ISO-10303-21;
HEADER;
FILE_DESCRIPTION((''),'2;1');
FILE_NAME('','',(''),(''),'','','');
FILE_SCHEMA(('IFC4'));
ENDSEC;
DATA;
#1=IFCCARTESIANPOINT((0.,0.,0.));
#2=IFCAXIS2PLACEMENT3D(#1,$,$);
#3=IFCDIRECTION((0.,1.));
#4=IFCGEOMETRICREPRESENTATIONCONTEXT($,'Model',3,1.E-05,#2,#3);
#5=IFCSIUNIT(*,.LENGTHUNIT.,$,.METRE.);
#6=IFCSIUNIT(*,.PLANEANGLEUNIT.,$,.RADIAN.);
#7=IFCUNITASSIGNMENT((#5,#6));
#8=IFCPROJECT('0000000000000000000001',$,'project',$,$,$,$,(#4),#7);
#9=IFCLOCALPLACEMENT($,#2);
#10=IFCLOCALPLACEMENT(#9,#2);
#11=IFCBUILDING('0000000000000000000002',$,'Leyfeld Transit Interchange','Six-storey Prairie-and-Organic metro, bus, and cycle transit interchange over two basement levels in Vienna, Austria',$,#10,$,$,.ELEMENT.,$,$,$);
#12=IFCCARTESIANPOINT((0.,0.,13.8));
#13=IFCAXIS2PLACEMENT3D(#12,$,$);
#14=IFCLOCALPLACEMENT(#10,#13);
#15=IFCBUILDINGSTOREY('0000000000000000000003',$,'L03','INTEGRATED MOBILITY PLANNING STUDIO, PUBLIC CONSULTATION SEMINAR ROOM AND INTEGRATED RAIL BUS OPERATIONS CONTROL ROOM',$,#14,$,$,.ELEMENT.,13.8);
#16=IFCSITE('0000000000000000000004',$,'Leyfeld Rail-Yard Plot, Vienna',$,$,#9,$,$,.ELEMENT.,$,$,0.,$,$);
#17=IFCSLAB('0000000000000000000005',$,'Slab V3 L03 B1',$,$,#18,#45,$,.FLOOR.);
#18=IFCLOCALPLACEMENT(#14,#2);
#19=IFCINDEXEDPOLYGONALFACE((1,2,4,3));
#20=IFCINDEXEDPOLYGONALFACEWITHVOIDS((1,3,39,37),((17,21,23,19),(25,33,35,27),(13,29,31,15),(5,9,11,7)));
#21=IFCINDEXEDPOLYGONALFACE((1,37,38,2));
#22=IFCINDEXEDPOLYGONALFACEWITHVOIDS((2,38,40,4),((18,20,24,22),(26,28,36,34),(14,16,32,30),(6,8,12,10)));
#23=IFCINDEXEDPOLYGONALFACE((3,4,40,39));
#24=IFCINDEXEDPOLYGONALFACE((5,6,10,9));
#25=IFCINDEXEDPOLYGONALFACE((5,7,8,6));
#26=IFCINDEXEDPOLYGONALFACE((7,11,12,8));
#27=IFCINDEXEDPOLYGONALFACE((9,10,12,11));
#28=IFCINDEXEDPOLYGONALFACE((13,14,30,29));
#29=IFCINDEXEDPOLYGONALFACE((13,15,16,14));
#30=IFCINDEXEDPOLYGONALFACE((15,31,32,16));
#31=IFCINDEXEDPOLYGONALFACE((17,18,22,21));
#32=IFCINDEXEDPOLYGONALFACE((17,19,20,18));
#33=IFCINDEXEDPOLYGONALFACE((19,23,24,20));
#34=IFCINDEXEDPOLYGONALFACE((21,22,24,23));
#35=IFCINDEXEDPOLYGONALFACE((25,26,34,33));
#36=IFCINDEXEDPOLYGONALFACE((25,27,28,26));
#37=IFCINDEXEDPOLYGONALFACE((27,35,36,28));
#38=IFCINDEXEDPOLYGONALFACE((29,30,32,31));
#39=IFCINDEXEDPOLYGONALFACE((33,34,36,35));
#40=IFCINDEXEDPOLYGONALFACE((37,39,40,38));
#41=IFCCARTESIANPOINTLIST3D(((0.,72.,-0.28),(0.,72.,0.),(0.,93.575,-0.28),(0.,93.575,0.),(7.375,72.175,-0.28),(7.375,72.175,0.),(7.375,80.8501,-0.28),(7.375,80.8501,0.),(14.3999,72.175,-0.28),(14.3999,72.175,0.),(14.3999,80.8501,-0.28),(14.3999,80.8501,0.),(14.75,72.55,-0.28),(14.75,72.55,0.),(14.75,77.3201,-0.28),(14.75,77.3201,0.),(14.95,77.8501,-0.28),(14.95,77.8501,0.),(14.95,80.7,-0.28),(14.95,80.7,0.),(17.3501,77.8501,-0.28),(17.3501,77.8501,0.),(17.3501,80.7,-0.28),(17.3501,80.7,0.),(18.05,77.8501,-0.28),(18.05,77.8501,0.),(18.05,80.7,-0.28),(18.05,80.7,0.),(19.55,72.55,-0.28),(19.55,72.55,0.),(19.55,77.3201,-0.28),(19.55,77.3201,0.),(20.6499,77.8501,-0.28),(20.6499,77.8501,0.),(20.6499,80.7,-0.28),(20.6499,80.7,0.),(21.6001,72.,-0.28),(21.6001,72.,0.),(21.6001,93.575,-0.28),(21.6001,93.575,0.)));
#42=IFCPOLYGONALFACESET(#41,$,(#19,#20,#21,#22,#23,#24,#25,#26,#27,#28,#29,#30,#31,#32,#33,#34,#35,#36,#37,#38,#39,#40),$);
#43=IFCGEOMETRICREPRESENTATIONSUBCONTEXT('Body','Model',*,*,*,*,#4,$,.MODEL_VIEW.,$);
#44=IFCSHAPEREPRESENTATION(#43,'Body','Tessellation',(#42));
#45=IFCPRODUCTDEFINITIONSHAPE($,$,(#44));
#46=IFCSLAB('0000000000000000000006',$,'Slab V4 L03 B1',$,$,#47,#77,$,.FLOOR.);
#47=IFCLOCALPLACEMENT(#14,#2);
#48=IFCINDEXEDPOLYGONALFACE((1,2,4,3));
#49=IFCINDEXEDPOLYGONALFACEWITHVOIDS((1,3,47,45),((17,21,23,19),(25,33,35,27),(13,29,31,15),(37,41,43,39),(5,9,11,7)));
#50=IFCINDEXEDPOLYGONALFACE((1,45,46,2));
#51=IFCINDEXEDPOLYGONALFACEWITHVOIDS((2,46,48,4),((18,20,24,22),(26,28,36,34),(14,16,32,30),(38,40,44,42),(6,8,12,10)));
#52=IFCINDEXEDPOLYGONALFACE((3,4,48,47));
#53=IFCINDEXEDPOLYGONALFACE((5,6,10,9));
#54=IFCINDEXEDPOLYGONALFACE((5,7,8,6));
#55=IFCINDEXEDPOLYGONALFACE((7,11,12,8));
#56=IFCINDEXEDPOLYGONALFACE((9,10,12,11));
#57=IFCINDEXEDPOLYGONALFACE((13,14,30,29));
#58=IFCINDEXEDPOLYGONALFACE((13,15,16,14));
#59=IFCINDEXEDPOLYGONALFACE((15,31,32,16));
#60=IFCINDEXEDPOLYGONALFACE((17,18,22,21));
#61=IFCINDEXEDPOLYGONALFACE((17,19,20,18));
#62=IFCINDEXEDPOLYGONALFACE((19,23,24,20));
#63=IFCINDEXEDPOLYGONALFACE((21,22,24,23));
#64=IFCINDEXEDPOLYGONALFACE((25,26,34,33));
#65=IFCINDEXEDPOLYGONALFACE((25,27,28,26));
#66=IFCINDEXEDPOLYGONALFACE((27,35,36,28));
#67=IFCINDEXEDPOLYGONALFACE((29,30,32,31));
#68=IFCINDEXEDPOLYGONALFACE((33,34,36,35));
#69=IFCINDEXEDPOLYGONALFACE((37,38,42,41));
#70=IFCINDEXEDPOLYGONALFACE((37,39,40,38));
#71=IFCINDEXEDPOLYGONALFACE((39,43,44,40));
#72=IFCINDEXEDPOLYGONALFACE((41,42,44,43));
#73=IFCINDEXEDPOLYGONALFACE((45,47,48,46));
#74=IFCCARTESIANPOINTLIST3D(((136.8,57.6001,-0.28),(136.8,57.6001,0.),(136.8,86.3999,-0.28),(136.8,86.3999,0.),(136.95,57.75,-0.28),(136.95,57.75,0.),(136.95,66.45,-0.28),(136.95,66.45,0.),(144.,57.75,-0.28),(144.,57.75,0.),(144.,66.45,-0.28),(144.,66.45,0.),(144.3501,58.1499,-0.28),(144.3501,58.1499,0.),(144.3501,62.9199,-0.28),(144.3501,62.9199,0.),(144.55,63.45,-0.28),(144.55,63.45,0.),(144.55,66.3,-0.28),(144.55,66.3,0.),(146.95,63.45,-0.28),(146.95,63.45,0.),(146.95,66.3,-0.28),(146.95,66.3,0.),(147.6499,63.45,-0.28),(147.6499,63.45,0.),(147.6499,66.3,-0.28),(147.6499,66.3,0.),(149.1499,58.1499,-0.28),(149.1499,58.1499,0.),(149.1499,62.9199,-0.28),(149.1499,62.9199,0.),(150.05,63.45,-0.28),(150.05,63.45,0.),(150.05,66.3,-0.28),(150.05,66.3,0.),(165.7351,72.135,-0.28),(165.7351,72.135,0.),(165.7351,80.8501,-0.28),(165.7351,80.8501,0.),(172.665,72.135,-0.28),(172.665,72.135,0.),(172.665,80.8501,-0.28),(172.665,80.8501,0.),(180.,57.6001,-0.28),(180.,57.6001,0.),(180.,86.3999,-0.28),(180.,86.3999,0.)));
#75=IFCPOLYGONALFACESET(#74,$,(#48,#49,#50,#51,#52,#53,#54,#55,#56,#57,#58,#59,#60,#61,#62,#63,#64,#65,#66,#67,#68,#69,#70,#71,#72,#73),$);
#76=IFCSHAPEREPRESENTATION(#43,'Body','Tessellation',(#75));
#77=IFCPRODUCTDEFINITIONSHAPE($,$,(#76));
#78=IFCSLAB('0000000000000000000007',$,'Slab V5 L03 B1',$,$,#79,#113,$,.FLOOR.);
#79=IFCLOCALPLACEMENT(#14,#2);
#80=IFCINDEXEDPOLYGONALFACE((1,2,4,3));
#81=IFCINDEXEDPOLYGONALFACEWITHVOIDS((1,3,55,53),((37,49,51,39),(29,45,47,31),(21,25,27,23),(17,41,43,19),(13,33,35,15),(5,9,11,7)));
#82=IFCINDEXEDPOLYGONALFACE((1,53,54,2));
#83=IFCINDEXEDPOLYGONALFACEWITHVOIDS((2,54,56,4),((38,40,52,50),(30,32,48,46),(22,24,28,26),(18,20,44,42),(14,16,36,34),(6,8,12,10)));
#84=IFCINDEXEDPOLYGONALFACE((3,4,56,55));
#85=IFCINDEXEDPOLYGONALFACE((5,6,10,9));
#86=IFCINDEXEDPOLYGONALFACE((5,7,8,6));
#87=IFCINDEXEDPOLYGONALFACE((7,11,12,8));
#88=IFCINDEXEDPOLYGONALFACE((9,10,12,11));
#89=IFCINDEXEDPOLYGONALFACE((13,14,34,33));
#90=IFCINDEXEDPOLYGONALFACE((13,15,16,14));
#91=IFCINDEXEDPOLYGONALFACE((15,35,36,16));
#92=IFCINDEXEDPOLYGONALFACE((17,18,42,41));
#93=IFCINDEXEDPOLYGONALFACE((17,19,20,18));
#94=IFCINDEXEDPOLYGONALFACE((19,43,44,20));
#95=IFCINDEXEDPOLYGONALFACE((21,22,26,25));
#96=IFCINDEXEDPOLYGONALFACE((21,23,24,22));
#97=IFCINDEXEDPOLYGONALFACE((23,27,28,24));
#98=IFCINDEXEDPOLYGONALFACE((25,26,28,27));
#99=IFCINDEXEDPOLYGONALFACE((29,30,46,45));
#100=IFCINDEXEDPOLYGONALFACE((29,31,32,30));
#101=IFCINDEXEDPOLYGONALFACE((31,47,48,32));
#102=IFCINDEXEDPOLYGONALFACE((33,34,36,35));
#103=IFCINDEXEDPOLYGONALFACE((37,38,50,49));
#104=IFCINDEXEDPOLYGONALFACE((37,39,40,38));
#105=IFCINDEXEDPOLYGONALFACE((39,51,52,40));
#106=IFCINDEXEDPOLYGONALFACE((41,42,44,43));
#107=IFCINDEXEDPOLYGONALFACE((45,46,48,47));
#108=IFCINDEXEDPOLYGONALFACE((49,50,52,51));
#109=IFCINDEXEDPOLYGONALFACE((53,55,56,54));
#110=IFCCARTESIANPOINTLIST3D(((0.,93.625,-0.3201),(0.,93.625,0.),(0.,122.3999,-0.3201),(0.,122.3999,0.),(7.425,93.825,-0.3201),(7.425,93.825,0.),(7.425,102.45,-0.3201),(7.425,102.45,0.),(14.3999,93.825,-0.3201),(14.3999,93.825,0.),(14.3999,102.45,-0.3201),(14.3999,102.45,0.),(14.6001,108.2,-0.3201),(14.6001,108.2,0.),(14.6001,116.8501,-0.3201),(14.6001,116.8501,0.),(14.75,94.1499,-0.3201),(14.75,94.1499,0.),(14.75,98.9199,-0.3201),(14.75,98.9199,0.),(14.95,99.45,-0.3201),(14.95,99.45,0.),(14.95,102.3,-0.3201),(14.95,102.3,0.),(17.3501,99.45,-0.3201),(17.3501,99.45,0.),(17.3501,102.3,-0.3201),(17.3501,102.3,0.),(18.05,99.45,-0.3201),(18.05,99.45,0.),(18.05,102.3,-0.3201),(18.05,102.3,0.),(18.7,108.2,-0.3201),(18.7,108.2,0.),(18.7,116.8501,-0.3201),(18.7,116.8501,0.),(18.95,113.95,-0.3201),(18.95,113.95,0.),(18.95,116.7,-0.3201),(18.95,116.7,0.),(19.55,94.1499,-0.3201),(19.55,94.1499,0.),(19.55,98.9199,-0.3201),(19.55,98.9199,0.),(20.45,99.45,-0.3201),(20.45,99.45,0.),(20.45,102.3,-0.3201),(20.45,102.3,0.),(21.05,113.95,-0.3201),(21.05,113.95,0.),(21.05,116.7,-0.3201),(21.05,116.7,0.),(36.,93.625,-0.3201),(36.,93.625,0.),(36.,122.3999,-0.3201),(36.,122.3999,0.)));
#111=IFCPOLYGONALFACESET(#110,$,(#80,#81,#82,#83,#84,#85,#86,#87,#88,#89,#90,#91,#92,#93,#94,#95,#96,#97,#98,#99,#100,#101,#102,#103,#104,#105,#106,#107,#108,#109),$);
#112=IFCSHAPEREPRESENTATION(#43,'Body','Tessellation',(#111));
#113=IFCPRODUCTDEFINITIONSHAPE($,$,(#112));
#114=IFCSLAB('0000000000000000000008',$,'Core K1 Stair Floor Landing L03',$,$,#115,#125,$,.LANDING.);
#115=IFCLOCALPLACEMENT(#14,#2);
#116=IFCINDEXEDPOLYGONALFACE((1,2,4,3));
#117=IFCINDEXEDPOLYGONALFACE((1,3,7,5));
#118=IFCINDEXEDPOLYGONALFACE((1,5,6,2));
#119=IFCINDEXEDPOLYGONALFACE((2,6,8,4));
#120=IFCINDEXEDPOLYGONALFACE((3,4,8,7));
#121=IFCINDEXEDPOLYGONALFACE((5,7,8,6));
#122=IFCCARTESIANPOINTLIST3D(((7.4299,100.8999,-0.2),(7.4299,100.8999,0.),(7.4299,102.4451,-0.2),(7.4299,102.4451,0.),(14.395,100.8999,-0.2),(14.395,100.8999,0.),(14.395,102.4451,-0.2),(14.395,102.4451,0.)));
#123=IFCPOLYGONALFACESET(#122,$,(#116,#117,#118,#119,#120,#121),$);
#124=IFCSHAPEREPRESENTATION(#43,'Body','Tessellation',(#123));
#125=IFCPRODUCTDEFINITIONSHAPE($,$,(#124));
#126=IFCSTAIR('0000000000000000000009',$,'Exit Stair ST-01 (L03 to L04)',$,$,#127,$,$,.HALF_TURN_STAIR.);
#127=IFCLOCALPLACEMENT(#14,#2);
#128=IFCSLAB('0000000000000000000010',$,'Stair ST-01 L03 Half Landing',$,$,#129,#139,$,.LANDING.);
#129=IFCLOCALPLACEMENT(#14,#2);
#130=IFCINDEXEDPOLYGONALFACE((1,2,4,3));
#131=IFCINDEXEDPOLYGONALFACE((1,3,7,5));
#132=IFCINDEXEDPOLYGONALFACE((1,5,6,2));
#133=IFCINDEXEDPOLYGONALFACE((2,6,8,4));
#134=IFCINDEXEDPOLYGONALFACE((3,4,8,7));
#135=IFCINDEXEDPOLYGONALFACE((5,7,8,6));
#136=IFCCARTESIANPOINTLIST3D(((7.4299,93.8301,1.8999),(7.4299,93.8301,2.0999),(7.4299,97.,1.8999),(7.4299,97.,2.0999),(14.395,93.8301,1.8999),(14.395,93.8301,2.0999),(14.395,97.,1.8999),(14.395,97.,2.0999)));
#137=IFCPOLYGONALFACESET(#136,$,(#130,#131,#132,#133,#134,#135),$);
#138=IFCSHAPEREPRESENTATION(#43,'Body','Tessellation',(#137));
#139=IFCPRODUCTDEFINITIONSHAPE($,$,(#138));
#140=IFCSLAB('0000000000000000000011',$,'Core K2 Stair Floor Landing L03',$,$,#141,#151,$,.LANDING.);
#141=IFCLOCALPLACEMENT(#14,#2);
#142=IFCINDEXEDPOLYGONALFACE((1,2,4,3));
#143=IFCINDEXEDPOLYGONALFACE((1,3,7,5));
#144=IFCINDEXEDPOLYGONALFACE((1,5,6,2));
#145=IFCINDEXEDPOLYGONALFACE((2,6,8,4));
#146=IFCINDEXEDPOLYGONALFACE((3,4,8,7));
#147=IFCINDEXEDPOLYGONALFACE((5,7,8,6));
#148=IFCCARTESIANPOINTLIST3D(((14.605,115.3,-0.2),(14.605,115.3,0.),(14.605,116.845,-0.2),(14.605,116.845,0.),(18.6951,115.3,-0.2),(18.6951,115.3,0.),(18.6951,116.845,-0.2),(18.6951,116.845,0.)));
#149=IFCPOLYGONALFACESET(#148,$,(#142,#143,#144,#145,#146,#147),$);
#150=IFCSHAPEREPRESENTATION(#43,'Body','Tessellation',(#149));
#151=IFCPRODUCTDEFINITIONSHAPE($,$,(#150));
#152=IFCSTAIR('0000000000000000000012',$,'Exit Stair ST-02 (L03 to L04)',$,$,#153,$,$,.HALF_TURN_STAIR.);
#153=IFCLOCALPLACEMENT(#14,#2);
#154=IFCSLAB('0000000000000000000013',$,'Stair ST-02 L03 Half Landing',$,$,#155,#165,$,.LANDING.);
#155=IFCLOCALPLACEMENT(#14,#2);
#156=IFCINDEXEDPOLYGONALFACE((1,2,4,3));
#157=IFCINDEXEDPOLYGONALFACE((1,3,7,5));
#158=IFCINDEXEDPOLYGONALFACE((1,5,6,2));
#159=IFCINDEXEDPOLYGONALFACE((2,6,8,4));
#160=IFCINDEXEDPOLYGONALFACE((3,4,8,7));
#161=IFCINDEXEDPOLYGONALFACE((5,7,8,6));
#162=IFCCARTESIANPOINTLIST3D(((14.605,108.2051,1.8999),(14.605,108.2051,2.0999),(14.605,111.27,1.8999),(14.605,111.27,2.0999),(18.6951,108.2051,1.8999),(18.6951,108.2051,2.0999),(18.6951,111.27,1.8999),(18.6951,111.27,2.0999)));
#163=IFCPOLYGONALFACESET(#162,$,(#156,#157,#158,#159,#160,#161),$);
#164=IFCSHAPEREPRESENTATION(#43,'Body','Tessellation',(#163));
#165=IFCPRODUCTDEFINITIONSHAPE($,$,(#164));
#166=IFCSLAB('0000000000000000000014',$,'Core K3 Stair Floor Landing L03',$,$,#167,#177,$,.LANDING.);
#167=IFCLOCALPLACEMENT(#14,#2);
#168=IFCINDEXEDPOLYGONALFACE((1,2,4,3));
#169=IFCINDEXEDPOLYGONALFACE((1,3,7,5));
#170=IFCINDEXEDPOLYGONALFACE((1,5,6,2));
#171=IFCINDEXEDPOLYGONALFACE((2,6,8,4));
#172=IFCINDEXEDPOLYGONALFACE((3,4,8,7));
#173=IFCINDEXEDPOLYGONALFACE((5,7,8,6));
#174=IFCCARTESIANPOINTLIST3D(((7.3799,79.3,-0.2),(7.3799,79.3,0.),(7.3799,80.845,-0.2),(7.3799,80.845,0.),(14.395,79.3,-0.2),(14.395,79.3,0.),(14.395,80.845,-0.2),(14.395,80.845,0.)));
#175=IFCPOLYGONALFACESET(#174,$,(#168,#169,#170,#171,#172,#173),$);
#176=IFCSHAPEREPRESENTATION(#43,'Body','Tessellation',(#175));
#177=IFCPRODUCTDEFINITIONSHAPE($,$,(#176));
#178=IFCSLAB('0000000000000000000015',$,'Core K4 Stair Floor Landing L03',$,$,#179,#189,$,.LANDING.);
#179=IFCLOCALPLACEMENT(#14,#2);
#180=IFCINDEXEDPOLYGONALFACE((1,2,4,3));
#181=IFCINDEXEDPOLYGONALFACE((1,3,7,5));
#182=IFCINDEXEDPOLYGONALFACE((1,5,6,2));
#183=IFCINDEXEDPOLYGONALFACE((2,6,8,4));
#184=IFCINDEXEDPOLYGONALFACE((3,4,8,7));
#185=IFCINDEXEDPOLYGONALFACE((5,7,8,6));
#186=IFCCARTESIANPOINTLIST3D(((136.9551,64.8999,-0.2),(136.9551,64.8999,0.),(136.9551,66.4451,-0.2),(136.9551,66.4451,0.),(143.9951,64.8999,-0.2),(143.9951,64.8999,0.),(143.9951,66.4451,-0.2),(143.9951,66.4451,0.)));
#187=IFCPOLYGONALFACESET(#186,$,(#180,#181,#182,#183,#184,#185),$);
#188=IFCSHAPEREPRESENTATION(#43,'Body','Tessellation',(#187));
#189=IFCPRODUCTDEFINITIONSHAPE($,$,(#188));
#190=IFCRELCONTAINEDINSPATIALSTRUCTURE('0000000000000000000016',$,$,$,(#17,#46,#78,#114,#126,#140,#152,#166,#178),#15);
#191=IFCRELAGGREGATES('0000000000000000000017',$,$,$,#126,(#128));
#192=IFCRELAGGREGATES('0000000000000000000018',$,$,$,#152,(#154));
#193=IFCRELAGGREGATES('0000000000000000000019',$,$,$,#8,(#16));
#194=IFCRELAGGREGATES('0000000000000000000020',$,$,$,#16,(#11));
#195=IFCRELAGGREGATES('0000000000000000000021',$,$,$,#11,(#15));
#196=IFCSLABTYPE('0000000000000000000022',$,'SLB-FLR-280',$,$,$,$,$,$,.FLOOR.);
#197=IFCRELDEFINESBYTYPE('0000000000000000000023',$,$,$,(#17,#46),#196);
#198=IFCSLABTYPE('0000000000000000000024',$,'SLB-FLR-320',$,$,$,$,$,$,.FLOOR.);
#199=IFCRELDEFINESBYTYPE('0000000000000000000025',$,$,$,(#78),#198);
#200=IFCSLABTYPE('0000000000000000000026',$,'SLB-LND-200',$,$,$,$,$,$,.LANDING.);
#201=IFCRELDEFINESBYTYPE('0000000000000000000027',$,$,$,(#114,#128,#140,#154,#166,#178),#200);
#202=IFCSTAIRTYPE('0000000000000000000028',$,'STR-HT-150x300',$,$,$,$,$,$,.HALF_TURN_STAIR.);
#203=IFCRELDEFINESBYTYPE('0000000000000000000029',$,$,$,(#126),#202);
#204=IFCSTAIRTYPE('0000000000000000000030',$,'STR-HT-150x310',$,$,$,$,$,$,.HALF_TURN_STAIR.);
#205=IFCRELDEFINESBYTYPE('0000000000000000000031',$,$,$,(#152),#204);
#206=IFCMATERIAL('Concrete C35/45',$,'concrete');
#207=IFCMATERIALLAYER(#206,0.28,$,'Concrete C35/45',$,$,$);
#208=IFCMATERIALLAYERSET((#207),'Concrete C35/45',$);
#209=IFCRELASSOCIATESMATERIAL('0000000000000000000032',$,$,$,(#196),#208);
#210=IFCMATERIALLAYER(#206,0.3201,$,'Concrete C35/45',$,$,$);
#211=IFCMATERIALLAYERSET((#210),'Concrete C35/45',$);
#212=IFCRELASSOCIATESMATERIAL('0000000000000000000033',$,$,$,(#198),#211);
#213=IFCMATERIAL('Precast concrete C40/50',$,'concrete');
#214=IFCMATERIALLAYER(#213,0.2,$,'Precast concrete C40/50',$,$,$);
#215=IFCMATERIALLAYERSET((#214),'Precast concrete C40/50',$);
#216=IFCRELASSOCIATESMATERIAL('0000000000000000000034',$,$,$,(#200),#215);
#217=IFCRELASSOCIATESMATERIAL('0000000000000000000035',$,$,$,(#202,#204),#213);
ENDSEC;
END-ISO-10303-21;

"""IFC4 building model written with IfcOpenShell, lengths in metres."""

from ifc_helpers import new_model, si_unit, direction, frame, origin, place, context, subcontext, project, spatial, polyline, outline, extrude, material, layer, layer_set, type_object, element, aggregate, save


model = new_model("IFC4")

# Units and contexts
model_context = context("Model", 3, precision=1e-05, world=origin(), true_north=direction((0.0, 1.0)))
body_context = subcontext(model_context, "Body", "Model", "MODEL_VIEW")
ifc_project = project(units=[si_unit("LENGTHUNIT", "METRE"), si_unit("PLANEANGLEUNIT", "RADIAN")], contexts=[model_context])

# Site, building, storey
site_placement = place(None, origin())
site = spatial("IfcSite", under=ifc_project, at=site_placement, Name="Leyfeld Rail-Yard Plot, Vienna", CompositionType="ELEMENT", RefElevation=0.0)
building_placement = place(site_placement, origin())
building = spatial("IfcBuilding", under=site, at=building_placement, Name="Leyfeld Transit Interchange", Description="Six-storey Prairie-and-Organic metro, bus, and cycle transit interchange over two basement levels in Vienna, Austria", CompositionType="ELEMENT")
storey_placement = place(building_placement, frame((0.0, 0.0, 13.8)))
storey = spatial("IfcBuildingStorey", under=building, at=storey_placement, Name="L03", Description="INTEGRATED MOBILITY PLANNING STUDIO, PUBLIC CONSULTATION SEMINAR ROOM AND INTEGRATED RAIL BUS OPERATIONS CONTROL ROOM", CompositionType="ELEMENT", Elevation=13.8)

# Slabs
ifc_material_1 = material(Name="Concrete C35/45", Category="concrete")
ifc_layer_1 = layer(ifc_material_1, 0.28, Name="Concrete C35/45")
ifc_layer_set_1 = layer_set([ifc_layer_1], Name="Concrete C35/45")
slab_type_1 = type_object("IfcSlabType", Name="SLB-FLR-280", PredefinedType="FLOOR", material=ifc_layer_set_1)
slab_1_placement = place(storey_placement, frame((0.0, 0.0, -0.28)))
element("IfcSlab", 1, at=slab_1_placement, inside=storey, type_object=slab_type_1, Name="Slab V3 L03 B1", PredefinedType="FLOOR", context=body_context, shape_type="SweptSolid", body=[
    extrude(outline(polyline([(21.6001, 93.575), (0.0, 93.575), (0.0, 72.0), (21.6001, 72.0), (21.6001, 93.575)]), holes=[polyline([(7.375, 72.175), (7.375, 80.8501), (14.3999, 80.8501), (14.3999, 72.175), (7.375, 72.175)]), polyline([(14.75, 77.3201), (19.55, 77.3201), (19.55, 72.55), (14.75, 72.55), (14.75, 77.3201)]), polyline([(17.3501, 80.7), (17.3501, 77.8501), (14.95, 77.8501), (14.95, 80.7), (17.3501, 80.7)]), polyline([(20.6499, 77.8501), (18.05, 77.8501), (18.05, 80.7), (20.6499, 80.7), (20.6499, 77.8501)])]), origin(), (0.0, 0.0, 1.0), 0.28),
])
slab_2_placement = place(storey_placement, frame((0.0, 0.0, -0.28)))
element("IfcSlab", 2, at=slab_2_placement, inside=storey, type_object=slab_type_1, Name="Slab V4 L03 B1", PredefinedType="FLOOR", context=body_context, shape_type="SweptSolid", body=[
    extrude(outline(polyline([(180.0, 57.6001), (180.0, 86.3999), (136.8, 86.3999), (136.8, 57.6001), (180.0, 57.6001)]), holes=[polyline([(144.0, 57.75), (136.95, 57.75), (136.95, 66.45), (144.0, 66.45), (144.0, 57.75)]), polyline([(144.3501, 58.1499), (144.3501, 62.9199), (149.1499, 62.9199), (149.1499, 58.1499), (144.3501, 58.1499)]), polyline([(144.55, 66.3), (146.95, 66.3), (146.95, 63.45), (144.55, 63.45), (144.55, 66.3)]), polyline([(150.05, 66.3), (150.05, 63.45), (147.6499, 63.45), (147.6499, 66.3), (150.05, 66.3)]), polyline([(172.665, 72.135), (165.7351, 72.135), (165.7351, 80.8501), (172.665, 80.8501), (172.665, 72.135)])]), origin(), (0.0, 0.0, 1.0), 0.28),
])
ifc_layer_2 = layer(ifc_material_1, 0.3201, Name="Concrete C35/45")
ifc_layer_set_2 = layer_set([ifc_layer_2], Name="Concrete C35/45")
slab_type_2 = type_object("IfcSlabType", Name="SLB-FLR-320", PredefinedType="FLOOR", material=ifc_layer_set_2)
slab_3_placement = place(storey_placement, frame((0.0, 0.0, -0.3201)))
element("IfcSlab", 3, at=slab_3_placement, inside=storey, type_object=slab_type_2, Name="Slab V5 L03 B1", PredefinedType="FLOOR", context=body_context, shape_type="SweptSolid", body=[
    extrude(outline(polyline([(0.0, 122.3999), (0.0, 93.625), (36.0, 93.625), (36.0, 122.3999), (0.0, 122.3999)]), holes=[polyline([(7.425, 102.45), (14.3999, 102.45), (14.3999, 93.825), (7.425, 93.825), (7.425, 102.45)]), polyline([(19.55, 98.9199), (19.55, 94.1499), (14.75, 94.1499), (14.75, 98.9199), (19.55, 98.9199)]), polyline([(17.3501, 99.45), (14.95, 99.45), (14.95, 102.3), (17.3501, 102.3), (17.3501, 99.45)]), polyline([(18.05, 99.45), (18.05, 102.3), (20.45, 102.3), (20.45, 99.45), (18.05, 99.45)]), polyline([(14.6001, 116.8501), (18.7, 116.8501), (18.7, 108.2), (14.6001, 108.2), (14.6001, 116.8501)]), polyline([(21.05, 116.7), (21.05, 113.95), (18.95, 113.95), (18.95, 116.7), (21.05, 116.7)])]), origin(), (0.0, 0.0, 1.0), 0.3201),
])
ifc_material_2 = material(Name="Precast concrete C40/50", Category="concrete")
ifc_layer_3 = layer(ifc_material_2, 0.2, Name="Precast concrete C40/50")
ifc_layer_set_3 = layer_set([ifc_layer_3], Name="Precast concrete C40/50")
slab_type_3 = type_object("IfcSlabType", Name="SLB-LND-200", PredefinedType="LANDING", material=ifc_layer_set_3)
slab_4_placement = place(storey_placement, frame((0.0, 0.0, -0.2)))
element("IfcSlab", 4, at=slab_4_placement, inside=storey, type_object=slab_type_3, Name="Core K1 Stair Floor Landing L03", PredefinedType="LANDING", context=body_context, shape_type="SweptSolid", body=[
    extrude(outline(polyline([(7.4299, 100.8999), (14.395, 100.8999), (14.395, 102.4451), (7.4299, 102.4451), (7.4299, 100.8999)])), origin(), (0.0, 0.0, 1.0), 0.2),
])

# Stair, slab
stair_type_1 = type_object("IfcStairType", Name="STR-HT-150x300", PredefinedType="HALF_TURN_STAIR", material=ifc_material_2)
stair_1_placement = place(storey_placement, origin())
stair_1 = element("IfcStair", 5, at=stair_1_placement, inside=storey, type_object=stair_type_1, Name="Exit Stair ST-01 (L03 to L04)", PredefinedType="HALF_TURN_STAIR")
slab_5_placement = place(storey_placement, frame((0.0, 0.0, 1.8999)))
slab_5 = element("IfcSlab", 6, at=slab_5_placement, type_object=slab_type_3, Name="Stair ST-01 L03 Half Landing", PredefinedType="LANDING", context=body_context, shape_type="SweptSolid", body=[
    extrude(outline(polyline([(7.4299, 93.8301), (14.395, 93.8301), (14.395, 97.0), (7.4299, 97.0), (7.4299, 93.8301)])), origin(), (0.0, 0.0, 1.0), 0.2),
])
aggregate(stair_1, [slab_5])

# Slab
slab_6_placement = place(storey_placement, frame((0.0, 0.0, -0.2)))
element("IfcSlab", 7, at=slab_6_placement, inside=storey, type_object=slab_type_3, Name="Core K2 Stair Floor Landing L03", PredefinedType="LANDING", context=body_context, shape_type="SweptSolid", body=[
    extrude(outline(polyline([(14.605, 115.3), (18.6951, 115.3), (18.6951, 116.845), (14.605, 116.845), (14.605, 115.3)])), origin(), (0.0, 0.0, 1.0), 0.2),
])

# Stair, slab
stair_type_2 = type_object("IfcStairType", Name="STR-HT-150x310", PredefinedType="HALF_TURN_STAIR", material=ifc_material_2)
stair_2_placement = place(storey_placement, origin())
stair_2 = element("IfcStair", 8, at=stair_2_placement, inside=storey, type_object=stair_type_2, Name="Exit Stair ST-02 (L03 to L04)", PredefinedType="HALF_TURN_STAIR")
slab_7_placement = place(storey_placement, frame((0.0, 0.0, 1.8999)))
slab_7 = element("IfcSlab", 9, at=slab_7_placement, type_object=slab_type_3, Name="Stair ST-02 L03 Half Landing", PredefinedType="LANDING", context=body_context, shape_type="SweptSolid", body=[
    extrude(outline(polyline([(14.605, 108.2051), (18.6951, 108.2051), (18.6951, 111.27), (14.605, 111.27), (14.605, 108.2051)])), origin(), (0.0, 0.0, 1.0), 0.2),
])
aggregate(stair_2, [slab_7])

# Slabs
slab_8_placement = place(storey_placement, frame((0.0, 0.0, -0.2)))
element("IfcSlab", 10, at=slab_8_placement, inside=storey, type_object=slab_type_3, Name="Core K3 Stair Floor Landing L03", PredefinedType="LANDING", context=body_context, shape_type="SweptSolid", body=[
    extrude(outline(polyline([(7.3799, 79.3), (14.395, 79.3), (14.395, 80.845), (7.3799, 80.845), (7.3799, 79.3)])), origin(), (0.0, 0.0, 1.0), 0.2),
])
slab_9_placement = place(storey_placement, frame((0.0, 0.0, -0.2)))
element("IfcSlab", 11, at=slab_9_placement, inside=storey, type_object=slab_type_3, Name="Core K4 Stair Floor Landing L03", PredefinedType="LANDING", context=body_context, shape_type="SweptSolid", body=[
    extrude(outline(polyline([(136.9551, 64.8999), (143.9951, 64.8999), (143.9951, 66.4451), (136.9551, 66.4451), (136.9551, 64.8999)])), origin(), (0.0, 0.0, 1.0), 0.2),
])

save(model, "model.ifc")
